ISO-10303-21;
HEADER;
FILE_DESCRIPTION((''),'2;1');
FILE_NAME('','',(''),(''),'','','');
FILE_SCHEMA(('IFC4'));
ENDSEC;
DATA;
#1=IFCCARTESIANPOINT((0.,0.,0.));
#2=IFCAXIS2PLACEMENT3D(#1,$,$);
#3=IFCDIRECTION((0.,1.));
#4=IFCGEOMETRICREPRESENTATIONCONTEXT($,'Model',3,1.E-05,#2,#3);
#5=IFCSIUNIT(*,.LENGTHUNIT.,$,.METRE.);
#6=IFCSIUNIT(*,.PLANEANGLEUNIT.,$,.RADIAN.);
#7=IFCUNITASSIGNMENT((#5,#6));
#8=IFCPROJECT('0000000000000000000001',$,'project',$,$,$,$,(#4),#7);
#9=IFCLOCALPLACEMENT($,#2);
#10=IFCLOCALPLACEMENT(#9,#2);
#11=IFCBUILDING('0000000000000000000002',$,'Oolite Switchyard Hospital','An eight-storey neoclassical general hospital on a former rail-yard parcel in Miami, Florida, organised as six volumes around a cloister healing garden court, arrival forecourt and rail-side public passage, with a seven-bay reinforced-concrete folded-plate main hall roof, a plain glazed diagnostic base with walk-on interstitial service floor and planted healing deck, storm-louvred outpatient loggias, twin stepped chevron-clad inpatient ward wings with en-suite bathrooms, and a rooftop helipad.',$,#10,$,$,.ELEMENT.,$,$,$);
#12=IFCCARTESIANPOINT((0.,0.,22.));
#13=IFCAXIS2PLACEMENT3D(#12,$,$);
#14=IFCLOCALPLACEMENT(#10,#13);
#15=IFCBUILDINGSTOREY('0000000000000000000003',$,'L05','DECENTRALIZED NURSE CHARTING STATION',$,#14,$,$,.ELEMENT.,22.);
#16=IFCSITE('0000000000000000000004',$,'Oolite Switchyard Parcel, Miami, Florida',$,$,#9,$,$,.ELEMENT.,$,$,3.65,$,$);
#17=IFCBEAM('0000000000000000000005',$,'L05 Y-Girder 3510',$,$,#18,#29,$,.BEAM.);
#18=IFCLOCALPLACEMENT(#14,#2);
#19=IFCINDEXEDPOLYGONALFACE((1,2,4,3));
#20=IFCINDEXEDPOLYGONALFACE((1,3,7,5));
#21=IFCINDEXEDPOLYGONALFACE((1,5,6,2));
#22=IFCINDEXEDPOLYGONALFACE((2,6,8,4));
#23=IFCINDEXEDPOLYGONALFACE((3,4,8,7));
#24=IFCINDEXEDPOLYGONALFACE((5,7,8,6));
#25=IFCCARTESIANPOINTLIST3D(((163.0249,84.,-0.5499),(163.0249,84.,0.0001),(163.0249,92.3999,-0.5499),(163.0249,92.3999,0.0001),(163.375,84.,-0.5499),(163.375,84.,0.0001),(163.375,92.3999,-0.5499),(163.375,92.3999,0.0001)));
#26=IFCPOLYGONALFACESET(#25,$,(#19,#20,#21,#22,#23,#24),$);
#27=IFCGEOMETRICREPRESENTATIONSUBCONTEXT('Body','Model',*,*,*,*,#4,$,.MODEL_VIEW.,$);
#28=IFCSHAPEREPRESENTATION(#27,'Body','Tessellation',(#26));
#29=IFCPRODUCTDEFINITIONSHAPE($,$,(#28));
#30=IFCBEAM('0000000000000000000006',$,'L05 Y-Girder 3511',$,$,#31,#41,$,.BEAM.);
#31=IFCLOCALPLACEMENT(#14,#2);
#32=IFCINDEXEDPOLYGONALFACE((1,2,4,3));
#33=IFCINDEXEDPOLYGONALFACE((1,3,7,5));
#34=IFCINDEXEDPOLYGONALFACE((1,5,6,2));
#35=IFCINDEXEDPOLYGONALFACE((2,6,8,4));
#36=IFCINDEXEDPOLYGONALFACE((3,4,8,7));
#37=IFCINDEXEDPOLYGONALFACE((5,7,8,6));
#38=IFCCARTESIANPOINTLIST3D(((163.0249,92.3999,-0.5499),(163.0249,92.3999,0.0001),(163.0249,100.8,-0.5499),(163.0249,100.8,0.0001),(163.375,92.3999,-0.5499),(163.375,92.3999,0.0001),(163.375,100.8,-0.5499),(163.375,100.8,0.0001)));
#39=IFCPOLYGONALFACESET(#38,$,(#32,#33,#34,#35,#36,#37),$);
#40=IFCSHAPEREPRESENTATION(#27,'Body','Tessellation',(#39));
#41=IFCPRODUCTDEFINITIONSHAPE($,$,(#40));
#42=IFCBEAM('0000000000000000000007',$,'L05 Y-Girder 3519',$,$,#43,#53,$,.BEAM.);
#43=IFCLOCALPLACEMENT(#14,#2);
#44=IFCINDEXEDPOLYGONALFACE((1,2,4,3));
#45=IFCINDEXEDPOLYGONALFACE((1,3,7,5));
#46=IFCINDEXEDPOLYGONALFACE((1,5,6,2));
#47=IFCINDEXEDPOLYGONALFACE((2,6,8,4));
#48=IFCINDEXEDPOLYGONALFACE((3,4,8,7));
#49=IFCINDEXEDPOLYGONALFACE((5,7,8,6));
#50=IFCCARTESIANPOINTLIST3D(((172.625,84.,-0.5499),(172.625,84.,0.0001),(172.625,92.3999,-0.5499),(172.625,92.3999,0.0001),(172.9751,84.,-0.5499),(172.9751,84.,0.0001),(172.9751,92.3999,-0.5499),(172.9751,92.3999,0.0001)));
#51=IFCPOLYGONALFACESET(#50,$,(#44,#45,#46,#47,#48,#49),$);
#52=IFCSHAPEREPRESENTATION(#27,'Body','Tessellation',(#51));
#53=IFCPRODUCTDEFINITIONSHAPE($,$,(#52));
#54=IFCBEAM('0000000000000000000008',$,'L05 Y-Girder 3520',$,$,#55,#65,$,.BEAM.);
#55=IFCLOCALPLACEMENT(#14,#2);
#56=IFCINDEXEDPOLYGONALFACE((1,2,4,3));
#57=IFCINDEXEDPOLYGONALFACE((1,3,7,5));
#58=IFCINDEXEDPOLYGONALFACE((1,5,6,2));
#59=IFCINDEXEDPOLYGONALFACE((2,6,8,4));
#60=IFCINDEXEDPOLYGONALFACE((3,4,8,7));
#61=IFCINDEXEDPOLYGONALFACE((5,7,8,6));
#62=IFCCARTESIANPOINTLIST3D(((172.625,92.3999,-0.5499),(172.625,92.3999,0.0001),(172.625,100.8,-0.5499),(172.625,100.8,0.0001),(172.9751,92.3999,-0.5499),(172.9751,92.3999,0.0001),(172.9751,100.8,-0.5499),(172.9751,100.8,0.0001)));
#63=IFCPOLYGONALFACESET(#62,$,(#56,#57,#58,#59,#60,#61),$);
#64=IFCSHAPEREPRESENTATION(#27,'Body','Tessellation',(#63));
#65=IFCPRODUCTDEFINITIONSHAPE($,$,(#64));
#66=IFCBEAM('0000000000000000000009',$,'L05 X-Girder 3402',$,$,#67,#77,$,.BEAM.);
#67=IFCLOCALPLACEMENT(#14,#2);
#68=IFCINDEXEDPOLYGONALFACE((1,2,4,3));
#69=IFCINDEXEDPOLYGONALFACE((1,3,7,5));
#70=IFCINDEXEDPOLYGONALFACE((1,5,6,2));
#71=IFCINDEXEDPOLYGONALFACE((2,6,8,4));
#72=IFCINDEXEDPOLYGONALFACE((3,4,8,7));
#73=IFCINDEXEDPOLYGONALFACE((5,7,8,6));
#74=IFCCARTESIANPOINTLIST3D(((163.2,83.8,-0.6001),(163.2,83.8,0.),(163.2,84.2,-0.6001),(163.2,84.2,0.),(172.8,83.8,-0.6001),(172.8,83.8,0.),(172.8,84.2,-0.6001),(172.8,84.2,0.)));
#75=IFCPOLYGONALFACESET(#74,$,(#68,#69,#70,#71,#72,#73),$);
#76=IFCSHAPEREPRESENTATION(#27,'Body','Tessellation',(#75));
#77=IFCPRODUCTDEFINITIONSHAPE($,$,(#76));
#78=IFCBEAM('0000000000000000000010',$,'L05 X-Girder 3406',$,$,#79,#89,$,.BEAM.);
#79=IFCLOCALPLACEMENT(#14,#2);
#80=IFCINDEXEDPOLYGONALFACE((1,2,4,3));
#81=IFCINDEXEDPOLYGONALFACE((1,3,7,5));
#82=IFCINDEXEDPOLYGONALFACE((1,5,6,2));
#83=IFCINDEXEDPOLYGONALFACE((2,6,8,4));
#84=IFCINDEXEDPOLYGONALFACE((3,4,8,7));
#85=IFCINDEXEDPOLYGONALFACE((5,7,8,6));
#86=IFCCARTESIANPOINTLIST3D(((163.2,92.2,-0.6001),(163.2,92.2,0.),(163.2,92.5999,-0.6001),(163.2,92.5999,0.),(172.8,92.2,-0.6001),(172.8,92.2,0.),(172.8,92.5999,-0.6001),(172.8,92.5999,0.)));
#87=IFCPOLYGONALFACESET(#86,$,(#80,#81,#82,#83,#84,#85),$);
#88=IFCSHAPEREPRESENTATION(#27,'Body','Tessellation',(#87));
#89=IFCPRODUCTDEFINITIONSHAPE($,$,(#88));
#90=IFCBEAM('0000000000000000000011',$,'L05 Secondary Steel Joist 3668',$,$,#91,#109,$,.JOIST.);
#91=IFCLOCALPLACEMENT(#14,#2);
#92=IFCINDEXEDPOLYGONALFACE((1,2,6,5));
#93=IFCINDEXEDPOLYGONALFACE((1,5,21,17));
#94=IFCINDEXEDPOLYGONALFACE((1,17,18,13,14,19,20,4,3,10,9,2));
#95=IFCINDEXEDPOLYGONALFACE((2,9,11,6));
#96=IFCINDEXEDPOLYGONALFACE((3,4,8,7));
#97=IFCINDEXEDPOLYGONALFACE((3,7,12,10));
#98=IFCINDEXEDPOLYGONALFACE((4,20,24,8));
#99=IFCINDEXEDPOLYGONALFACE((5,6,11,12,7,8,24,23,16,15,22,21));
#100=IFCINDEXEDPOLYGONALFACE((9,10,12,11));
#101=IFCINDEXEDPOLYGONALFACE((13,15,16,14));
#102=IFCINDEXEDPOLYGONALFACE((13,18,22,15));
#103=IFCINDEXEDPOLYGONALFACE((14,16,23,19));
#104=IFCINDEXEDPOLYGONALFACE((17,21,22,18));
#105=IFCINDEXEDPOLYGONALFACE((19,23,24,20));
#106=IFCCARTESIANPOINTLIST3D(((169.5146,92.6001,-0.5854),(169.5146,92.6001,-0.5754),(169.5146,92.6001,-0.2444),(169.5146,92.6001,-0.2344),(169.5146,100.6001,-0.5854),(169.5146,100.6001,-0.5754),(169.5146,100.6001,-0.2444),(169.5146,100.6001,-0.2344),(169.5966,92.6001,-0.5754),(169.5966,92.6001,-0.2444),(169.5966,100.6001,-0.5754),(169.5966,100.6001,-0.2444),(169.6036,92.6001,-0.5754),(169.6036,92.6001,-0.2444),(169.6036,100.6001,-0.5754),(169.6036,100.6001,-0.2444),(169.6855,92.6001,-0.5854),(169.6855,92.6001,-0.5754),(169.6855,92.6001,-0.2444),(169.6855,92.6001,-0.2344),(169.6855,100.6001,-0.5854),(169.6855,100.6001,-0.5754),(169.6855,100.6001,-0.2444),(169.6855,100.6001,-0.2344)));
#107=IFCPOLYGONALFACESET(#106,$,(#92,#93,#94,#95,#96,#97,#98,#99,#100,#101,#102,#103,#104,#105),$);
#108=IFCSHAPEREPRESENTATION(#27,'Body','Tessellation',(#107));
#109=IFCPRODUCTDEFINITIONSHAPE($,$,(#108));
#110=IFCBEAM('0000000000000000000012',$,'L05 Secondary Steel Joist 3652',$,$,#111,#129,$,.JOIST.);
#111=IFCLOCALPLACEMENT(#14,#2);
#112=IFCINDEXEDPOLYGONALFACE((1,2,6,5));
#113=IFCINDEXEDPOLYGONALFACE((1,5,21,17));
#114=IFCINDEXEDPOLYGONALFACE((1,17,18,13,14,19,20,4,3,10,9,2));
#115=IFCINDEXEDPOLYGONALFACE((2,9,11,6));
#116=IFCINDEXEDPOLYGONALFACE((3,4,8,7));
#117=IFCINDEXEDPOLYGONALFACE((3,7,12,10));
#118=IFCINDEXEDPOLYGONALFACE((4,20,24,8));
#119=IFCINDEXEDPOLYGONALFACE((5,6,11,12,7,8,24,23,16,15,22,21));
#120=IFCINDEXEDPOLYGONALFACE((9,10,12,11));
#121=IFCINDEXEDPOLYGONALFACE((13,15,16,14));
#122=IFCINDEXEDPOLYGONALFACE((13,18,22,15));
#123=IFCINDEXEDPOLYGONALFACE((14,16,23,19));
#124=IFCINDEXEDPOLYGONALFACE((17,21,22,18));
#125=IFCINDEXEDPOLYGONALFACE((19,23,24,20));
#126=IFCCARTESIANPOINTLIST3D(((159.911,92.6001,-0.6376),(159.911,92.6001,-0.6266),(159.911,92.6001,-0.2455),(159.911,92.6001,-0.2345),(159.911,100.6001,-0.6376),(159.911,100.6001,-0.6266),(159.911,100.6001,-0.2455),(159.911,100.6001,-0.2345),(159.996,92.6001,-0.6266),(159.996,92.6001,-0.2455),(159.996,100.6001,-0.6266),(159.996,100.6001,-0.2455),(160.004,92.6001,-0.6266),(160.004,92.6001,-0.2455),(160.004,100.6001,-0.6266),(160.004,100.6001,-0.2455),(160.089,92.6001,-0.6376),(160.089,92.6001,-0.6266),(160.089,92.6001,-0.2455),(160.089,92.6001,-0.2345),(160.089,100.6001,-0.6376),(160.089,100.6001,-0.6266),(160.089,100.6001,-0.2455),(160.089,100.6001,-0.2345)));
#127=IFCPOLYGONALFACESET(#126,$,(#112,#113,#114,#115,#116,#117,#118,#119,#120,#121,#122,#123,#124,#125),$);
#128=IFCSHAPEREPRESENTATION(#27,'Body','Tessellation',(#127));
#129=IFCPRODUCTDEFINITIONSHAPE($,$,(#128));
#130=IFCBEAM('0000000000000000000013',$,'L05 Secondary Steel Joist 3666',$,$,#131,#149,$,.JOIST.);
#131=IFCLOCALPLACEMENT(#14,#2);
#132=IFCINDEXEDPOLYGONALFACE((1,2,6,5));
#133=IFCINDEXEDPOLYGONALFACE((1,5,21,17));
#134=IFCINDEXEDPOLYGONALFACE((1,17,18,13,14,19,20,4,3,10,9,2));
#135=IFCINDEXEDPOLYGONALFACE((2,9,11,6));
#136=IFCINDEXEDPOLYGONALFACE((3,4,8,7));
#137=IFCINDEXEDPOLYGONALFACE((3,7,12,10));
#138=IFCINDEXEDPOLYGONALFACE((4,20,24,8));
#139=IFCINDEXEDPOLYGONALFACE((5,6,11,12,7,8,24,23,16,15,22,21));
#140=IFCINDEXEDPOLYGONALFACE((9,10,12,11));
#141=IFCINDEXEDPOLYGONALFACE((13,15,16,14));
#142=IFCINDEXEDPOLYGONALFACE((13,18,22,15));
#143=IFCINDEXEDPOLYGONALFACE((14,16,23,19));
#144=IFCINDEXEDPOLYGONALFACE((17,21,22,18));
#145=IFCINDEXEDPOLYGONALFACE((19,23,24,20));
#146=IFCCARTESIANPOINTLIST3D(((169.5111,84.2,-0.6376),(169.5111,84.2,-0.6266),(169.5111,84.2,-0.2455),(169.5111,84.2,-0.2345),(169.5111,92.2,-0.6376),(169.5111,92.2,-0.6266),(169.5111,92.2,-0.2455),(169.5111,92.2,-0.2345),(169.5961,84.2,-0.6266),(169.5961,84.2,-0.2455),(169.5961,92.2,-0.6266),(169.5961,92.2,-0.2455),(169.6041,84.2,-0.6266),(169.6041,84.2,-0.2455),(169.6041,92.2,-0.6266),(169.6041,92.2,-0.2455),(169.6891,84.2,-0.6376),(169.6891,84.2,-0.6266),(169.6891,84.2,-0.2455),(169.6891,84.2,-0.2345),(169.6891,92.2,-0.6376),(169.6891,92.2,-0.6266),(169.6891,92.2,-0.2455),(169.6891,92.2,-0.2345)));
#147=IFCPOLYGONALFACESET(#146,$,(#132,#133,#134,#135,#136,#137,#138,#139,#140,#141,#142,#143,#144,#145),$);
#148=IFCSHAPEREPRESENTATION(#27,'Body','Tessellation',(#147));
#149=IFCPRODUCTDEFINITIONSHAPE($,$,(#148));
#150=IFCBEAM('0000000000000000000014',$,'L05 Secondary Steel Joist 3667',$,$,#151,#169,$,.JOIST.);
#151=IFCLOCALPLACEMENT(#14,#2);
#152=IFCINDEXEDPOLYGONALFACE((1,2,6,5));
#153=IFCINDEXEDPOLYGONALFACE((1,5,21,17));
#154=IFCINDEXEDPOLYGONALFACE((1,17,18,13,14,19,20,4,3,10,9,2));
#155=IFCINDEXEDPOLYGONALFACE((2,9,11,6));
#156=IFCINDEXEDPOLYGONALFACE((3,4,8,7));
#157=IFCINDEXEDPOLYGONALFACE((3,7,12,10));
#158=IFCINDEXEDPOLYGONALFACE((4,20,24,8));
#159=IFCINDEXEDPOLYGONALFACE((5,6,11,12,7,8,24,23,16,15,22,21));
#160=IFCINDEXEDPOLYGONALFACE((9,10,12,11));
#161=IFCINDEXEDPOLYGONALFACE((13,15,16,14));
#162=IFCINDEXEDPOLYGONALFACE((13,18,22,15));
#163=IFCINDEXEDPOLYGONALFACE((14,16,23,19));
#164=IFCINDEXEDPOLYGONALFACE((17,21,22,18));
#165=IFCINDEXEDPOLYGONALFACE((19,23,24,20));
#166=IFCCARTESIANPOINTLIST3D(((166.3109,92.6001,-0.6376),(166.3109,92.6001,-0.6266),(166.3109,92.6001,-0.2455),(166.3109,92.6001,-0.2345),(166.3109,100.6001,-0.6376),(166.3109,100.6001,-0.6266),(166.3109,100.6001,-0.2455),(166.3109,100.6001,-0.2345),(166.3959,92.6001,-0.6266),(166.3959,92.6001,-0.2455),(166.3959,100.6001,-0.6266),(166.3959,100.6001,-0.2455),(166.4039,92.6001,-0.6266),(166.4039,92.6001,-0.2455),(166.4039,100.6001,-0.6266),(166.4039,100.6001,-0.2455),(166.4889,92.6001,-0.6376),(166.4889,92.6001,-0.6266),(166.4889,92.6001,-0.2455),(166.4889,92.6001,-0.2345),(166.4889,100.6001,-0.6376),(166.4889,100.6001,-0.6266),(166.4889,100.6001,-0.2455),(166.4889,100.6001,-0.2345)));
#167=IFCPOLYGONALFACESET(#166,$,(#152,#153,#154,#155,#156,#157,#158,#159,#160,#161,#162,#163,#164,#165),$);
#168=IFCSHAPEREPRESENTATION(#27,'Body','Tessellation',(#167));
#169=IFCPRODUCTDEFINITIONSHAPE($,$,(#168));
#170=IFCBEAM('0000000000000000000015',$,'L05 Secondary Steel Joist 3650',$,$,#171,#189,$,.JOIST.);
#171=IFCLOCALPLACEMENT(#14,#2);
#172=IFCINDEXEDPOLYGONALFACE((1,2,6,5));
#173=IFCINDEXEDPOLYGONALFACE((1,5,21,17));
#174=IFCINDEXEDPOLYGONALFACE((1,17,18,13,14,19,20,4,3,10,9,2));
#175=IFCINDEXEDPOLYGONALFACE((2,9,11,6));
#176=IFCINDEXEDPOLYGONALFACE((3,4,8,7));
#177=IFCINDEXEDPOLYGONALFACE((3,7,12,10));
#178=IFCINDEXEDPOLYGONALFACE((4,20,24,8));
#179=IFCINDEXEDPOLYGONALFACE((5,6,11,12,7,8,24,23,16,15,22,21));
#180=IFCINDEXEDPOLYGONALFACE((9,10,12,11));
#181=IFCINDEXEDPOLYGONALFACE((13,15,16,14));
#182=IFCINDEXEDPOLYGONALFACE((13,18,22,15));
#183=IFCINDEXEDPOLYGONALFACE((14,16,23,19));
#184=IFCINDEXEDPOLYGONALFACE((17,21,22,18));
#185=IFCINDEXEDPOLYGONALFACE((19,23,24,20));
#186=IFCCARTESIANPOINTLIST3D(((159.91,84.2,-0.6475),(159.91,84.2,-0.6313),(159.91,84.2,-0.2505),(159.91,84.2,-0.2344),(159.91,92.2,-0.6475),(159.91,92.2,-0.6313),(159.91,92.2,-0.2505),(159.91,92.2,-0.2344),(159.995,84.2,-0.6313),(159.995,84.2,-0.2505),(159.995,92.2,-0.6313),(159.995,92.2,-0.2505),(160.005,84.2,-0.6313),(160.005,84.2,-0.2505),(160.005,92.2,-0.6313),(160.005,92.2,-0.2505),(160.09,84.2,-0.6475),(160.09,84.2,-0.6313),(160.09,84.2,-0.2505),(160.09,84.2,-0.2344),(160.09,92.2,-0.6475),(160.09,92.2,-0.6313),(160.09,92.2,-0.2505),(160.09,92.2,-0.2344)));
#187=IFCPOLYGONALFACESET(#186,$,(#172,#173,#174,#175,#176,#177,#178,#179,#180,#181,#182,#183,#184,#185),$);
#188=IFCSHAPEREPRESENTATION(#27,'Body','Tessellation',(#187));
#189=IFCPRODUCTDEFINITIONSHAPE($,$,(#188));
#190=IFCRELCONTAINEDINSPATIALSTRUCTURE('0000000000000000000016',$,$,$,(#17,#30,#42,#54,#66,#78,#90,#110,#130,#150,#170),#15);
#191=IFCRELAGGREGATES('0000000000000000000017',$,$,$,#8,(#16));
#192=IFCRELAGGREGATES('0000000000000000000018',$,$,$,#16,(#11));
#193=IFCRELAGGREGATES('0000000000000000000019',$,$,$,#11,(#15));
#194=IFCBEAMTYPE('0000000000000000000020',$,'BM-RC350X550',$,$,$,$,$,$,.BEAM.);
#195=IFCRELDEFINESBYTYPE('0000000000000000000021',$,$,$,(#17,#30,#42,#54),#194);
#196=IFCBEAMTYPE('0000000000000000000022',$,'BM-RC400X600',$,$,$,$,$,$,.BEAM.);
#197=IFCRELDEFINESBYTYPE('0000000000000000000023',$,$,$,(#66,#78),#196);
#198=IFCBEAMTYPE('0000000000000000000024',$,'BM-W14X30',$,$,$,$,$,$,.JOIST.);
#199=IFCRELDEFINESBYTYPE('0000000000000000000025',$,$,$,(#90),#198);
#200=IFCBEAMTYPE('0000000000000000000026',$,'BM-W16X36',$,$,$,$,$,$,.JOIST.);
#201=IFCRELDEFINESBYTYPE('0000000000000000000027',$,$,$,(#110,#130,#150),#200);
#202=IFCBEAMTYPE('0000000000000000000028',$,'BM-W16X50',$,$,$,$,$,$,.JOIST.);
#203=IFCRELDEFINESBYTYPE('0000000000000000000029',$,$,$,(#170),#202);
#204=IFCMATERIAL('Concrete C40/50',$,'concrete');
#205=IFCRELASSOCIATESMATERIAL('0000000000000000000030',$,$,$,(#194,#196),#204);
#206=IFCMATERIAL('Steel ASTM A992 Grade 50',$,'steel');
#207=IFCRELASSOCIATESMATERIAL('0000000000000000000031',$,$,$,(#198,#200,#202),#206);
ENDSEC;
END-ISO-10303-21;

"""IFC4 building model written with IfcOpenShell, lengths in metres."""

from ifc_helpers import new_model, si_unit, direction, frame, origin, origin_2d, place, context, subcontext, project, spatial, rectangle, i_section, extrude, material, material_profile, profile_set, type_object, element, save


model = new_model("IFC4")

# Units and contexts
model_context = context("Model", 3, precision=1e-05, world=origin(), true_north=direction((0.0, 1.0)))
body_context = subcontext(model_context, "Body", "Model", "MODEL_VIEW")
ifc_project = project(units=[si_unit("LENGTHUNIT", "METRE"), si_unit("PLANEANGLEUNIT", "RADIAN")], contexts=[model_context])

# Site, building, storey
site_placement = place(None, origin())
site = spatial("IfcSite", under=ifc_project, at=site_placement, Name="Oolite Switchyard Parcel, Miami, Florida", CompositionType="ELEMENT", RefElevation=3.65)
building_placement = place(site_placement, origin())
building = spatial("IfcBuilding", under=site, at=building_placement, Name="Oolite Switchyard Hospital", Description="An eight-storey neoclassical general hospital on a former rail-yard parcel in Miami, Florida, organised as six volumes around a cloister healing garden court, arrival forecourt and rail-side public passage, with a seven-bay reinforced-concrete folded-plate main hall roof, a plain glazed diagnostic base with walk-on interstitial service floor and planted healing deck, storm-louvred outpatient loggias, twin stepped chevron-clad inpatient ward wings with en-suite bathrooms, and a rooftop helipad.", CompositionType="ELEMENT")
storey_placement = place(building_placement, frame((0.0, 0.0, 22.0)))
storey = spatial("IfcBuildingStorey", under=building, at=storey_placement, Name="L05", Description="DECENTRALIZED NURSE CHARTING STATION", CompositionType="ELEMENT", Elevation=22.0)

# Beams
ifc_material_1 = material(Name="Concrete C40/50", Category="concrete")
ifc_material_profile_1 = material_profile(ifc_material_1, rectangle(XDim=0.3501, YDim=0.55, at=origin_2d()), Name="RCB350X550")
ifc_profile_set_1 = profile_set([ifc_material_profile_1], Name="Concrete C40/50")
beam_type_1 = type_object("IfcBeamType", Name="BM-RC350X550", PredefinedType="BEAM", material=ifc_profile_set_1)
beam_1_placement = place(storey_placement, frame((163.2, 84.0, -0.2749), z_axis=(0.0, 1.0, 0.0), x_axis=(-1.0, 0.0, 0.0)))
element("IfcBeam", 1, at=beam_1_placement, inside=storey, type_object=beam_type_1, Name="L05 Y-Girder 3510", PredefinedType="BEAM", context=body_context, shape_type="SweptSolid", body=[
    extrude(rectangle(XDim=0.3501, YDim=0.55, at=origin_2d()), origin(), (0.0, 0.0, 1.0), 8.3999),
])
beam_2_placement = place(storey_placement, frame((163.2, 92.3999, -0.2749), z_axis=(0.0, 1.0, 0.0), x_axis=(-1.0, 0.0, 0.0)))
element("IfcBeam", 2, at=beam_2_placement, inside=storey, type_object=beam_type_1, Name="L05 Y-Girder 3511", PredefinedType="BEAM", context=body_context, shape_type="SweptSolid", body=[
    extrude(rectangle(XDim=0.3501, YDim=0.55, at=origin_2d()), origin(), (0.0, 0.0, 1.0), 8.4001),
])
beam_3_placement = place(storey_placement, frame((172.8, 84.0, -0.2749), z_axis=(0.0, 1.0, 0.0), x_axis=(-1.0, 0.0, 0.0)))
element("IfcBeam", 3, at=beam_3_placement, inside=storey, type_object=beam_type_1, Name="L05 Y-Girder 3519", PredefinedType="BEAM", context=body_context, shape_type="SweptSolid", body=[
    extrude(rectangle(XDim=0.3501, YDim=0.55, at=origin_2d()), origin(), (0.0, 0.0, 1.0), 8.3999),
])
beam_4_placement = place(storey_placement, frame((172.8, 92.3999, -0.2749), z_axis=(0.0, 1.0, 0.0), x_axis=(-1.0, 0.0, 0.0)))
element("IfcBeam", 4, at=beam_4_placement, inside=storey, type_object=beam_type_1, Name="L05 Y-Girder 3520", PredefinedType="BEAM", context=body_context, shape_type="SweptSolid", body=[
    extrude(rectangle(XDim=0.3501, YDim=0.55, at=origin_2d()), origin(), (0.0, 0.0, 1.0), 8.4001),
])
ifc_material_profile_2 = material_profile(ifc_material_1, rectangle(XDim=0.3999, YDim=0.6001, at=origin_2d()), Name="RCB400X600")
ifc_profile_set_2 = profile_set([ifc_material_profile_2], Name="Concrete C40/50")
beam_type_2 = type_object("IfcBeamType", Name="BM-RC400X600", PredefinedType="BEAM", material=ifc_profile_set_2)
for number, where, z_axis, x_axis, name in (
    (5, (163.2, 84.0, -0.3), (1.0, 0.0, 0.0), (0.0, 1.0, 0.0), "L05 X-Girder 3402"),
    (6, (163.2, 92.3999, -0.3), (1.0, 0.0, 0.0), (0.0, 1.0, 0.0), "L05 X-Girder 3406"),
):
    element("IfcBeam", number, at=place(storey_placement, frame(where, z_axis=z_axis, x_axis=x_axis)), inside=storey, type_object=beam_type_2, Name=name, PredefinedType="BEAM", context=body_context, shape_type="SweptSolid", body=[
        extrude(rectangle(XDim=0.3999, YDim=0.6001, at=origin_2d()), origin(), (0.0, 0.0, 1.0), 9.6001),
    ])
ifc_material_2 = material(Name="Steel ASTM A992 Grade 50", Category="steel")
ifc_material_profile_3 = material_profile(ifc_material_2, i_section(OverallWidth=0.1709, OverallDepth=0.3511, WebThickness=0.0071, FlangeThickness=0.01, at=origin_2d()), Name="W14X30")
ifc_profile_set_3 = profile_set([ifc_material_profile_3], Name="Steel ASTM A992 Grade 50")
beam_type_3 = type_object("IfcBeamType", Name="BM-W14X30", PredefinedType="JOIST", material=ifc_profile_set_3)
beam_5_placement = place(storey_placement, frame((169.6001, 92.6001, -0.4099), z_axis=(0.0, 1.0, 0.0), x_axis=(-1.0, 0.0, 0.0)))
element("IfcBeam", 7, at=beam_5_placement, inside=storey, type_object=beam_type_3, Name="L05 Secondary Steel Joist 3668", PredefinedType="JOIST", context=body_context, shape_type="SweptSolid", body=[
    extrude(i_section(OverallWidth=0.1709, OverallDepth=0.3511, WebThickness=0.0071, FlangeThickness=0.01, at=origin_2d()), origin(), (0.0, 0.0, 1.0), 8.0),
])
ifc_material_profile_4 = material_profile(ifc_material_2, i_section(OverallWidth=0.178, OverallDepth=0.4031, WebThickness=0.0081, FlangeThickness=0.011, at=origin_2d()), Name="W16X36")
ifc_profile_set_4 = profile_set([ifc_material_profile_4], Name="Steel ASTM A992 Grade 50")
beam_type_4 = type_object("IfcBeamType", Name="BM-W16X36", PredefinedType="JOIST", material=ifc_profile_set_4)
for number, where, z_axis, x_axis, name in (
    (8, (160.0, 92.6001, -0.436), (0.0, 1.0, 0.0), (-1.0, 0.0, 0.0), "L05 Secondary Steel Joist 3652"),
    (9, (169.6001, 84.2, -0.436), (0.0, 1.0, 0.0), (-1.0, 0.0, 0.0), "L05 Secondary Steel Joist 3666"),
    (10, (166.3999, 92.6001, -0.436), (0.0, 1.0, 0.0), (-1.0, 0.0, 0.0), "L05 Secondary Steel Joist 3667"),
):
    element("IfcBeam", number, at=place(storey_placement, frame(where, z_axis=z_axis, x_axis=x_axis)), inside=storey, type_object=beam_type_4, Name=name, PredefinedType="JOIST", context=body_context, shape_type="SweptSolid", body=[
        extrude(i_section(OverallWidth=0.178, OverallDepth=0.4031, WebThickness=0.0081, FlangeThickness=0.011, at=origin_2d()), origin(), (0.0, 0.0, 1.0), 8.0),
    ])
ifc_material_profile_5 = material_profile(ifc_material_2, i_section(OverallWidth=0.1799, OverallDepth=0.4131, WebThickness=0.01, FlangeThickness=0.0161, at=origin_2d()), Name="W16X50")
ifc_profile_set_5 = profile_set([ifc_material_profile_5], Name="Steel ASTM A992 Grade 50")
beam_type_5 = type_object("IfcBeamType", Name="BM-W16X50", PredefinedType="JOIST", material=ifc_profile_set_5)
for number, where, z_axis, x_axis, name in (
    (11, (160.0, 84.2, -0.4409), (0.0, 1.0, 0.0), (-1.0, 0.0, 0.0), "L05 Secondary Steel Joist 3650"),
):
    element("IfcBeam", number, at=place(storey_placement, frame(where, z_axis=z_axis, x_axis=x_axis)), inside=storey, type_object=beam_type_5, Name=name, PredefinedType="JOIST", context=body_context, shape_type="SweptSolid", body=[
        extrude(i_section(OverallWidth=0.1799, OverallDepth=0.4131, WebThickness=0.01, FlangeThickness=0.0161, at=origin_2d()), origin(), (0.0, 0.0, 1.0), 8.0),
    ])

save(model, "model.ifc")
